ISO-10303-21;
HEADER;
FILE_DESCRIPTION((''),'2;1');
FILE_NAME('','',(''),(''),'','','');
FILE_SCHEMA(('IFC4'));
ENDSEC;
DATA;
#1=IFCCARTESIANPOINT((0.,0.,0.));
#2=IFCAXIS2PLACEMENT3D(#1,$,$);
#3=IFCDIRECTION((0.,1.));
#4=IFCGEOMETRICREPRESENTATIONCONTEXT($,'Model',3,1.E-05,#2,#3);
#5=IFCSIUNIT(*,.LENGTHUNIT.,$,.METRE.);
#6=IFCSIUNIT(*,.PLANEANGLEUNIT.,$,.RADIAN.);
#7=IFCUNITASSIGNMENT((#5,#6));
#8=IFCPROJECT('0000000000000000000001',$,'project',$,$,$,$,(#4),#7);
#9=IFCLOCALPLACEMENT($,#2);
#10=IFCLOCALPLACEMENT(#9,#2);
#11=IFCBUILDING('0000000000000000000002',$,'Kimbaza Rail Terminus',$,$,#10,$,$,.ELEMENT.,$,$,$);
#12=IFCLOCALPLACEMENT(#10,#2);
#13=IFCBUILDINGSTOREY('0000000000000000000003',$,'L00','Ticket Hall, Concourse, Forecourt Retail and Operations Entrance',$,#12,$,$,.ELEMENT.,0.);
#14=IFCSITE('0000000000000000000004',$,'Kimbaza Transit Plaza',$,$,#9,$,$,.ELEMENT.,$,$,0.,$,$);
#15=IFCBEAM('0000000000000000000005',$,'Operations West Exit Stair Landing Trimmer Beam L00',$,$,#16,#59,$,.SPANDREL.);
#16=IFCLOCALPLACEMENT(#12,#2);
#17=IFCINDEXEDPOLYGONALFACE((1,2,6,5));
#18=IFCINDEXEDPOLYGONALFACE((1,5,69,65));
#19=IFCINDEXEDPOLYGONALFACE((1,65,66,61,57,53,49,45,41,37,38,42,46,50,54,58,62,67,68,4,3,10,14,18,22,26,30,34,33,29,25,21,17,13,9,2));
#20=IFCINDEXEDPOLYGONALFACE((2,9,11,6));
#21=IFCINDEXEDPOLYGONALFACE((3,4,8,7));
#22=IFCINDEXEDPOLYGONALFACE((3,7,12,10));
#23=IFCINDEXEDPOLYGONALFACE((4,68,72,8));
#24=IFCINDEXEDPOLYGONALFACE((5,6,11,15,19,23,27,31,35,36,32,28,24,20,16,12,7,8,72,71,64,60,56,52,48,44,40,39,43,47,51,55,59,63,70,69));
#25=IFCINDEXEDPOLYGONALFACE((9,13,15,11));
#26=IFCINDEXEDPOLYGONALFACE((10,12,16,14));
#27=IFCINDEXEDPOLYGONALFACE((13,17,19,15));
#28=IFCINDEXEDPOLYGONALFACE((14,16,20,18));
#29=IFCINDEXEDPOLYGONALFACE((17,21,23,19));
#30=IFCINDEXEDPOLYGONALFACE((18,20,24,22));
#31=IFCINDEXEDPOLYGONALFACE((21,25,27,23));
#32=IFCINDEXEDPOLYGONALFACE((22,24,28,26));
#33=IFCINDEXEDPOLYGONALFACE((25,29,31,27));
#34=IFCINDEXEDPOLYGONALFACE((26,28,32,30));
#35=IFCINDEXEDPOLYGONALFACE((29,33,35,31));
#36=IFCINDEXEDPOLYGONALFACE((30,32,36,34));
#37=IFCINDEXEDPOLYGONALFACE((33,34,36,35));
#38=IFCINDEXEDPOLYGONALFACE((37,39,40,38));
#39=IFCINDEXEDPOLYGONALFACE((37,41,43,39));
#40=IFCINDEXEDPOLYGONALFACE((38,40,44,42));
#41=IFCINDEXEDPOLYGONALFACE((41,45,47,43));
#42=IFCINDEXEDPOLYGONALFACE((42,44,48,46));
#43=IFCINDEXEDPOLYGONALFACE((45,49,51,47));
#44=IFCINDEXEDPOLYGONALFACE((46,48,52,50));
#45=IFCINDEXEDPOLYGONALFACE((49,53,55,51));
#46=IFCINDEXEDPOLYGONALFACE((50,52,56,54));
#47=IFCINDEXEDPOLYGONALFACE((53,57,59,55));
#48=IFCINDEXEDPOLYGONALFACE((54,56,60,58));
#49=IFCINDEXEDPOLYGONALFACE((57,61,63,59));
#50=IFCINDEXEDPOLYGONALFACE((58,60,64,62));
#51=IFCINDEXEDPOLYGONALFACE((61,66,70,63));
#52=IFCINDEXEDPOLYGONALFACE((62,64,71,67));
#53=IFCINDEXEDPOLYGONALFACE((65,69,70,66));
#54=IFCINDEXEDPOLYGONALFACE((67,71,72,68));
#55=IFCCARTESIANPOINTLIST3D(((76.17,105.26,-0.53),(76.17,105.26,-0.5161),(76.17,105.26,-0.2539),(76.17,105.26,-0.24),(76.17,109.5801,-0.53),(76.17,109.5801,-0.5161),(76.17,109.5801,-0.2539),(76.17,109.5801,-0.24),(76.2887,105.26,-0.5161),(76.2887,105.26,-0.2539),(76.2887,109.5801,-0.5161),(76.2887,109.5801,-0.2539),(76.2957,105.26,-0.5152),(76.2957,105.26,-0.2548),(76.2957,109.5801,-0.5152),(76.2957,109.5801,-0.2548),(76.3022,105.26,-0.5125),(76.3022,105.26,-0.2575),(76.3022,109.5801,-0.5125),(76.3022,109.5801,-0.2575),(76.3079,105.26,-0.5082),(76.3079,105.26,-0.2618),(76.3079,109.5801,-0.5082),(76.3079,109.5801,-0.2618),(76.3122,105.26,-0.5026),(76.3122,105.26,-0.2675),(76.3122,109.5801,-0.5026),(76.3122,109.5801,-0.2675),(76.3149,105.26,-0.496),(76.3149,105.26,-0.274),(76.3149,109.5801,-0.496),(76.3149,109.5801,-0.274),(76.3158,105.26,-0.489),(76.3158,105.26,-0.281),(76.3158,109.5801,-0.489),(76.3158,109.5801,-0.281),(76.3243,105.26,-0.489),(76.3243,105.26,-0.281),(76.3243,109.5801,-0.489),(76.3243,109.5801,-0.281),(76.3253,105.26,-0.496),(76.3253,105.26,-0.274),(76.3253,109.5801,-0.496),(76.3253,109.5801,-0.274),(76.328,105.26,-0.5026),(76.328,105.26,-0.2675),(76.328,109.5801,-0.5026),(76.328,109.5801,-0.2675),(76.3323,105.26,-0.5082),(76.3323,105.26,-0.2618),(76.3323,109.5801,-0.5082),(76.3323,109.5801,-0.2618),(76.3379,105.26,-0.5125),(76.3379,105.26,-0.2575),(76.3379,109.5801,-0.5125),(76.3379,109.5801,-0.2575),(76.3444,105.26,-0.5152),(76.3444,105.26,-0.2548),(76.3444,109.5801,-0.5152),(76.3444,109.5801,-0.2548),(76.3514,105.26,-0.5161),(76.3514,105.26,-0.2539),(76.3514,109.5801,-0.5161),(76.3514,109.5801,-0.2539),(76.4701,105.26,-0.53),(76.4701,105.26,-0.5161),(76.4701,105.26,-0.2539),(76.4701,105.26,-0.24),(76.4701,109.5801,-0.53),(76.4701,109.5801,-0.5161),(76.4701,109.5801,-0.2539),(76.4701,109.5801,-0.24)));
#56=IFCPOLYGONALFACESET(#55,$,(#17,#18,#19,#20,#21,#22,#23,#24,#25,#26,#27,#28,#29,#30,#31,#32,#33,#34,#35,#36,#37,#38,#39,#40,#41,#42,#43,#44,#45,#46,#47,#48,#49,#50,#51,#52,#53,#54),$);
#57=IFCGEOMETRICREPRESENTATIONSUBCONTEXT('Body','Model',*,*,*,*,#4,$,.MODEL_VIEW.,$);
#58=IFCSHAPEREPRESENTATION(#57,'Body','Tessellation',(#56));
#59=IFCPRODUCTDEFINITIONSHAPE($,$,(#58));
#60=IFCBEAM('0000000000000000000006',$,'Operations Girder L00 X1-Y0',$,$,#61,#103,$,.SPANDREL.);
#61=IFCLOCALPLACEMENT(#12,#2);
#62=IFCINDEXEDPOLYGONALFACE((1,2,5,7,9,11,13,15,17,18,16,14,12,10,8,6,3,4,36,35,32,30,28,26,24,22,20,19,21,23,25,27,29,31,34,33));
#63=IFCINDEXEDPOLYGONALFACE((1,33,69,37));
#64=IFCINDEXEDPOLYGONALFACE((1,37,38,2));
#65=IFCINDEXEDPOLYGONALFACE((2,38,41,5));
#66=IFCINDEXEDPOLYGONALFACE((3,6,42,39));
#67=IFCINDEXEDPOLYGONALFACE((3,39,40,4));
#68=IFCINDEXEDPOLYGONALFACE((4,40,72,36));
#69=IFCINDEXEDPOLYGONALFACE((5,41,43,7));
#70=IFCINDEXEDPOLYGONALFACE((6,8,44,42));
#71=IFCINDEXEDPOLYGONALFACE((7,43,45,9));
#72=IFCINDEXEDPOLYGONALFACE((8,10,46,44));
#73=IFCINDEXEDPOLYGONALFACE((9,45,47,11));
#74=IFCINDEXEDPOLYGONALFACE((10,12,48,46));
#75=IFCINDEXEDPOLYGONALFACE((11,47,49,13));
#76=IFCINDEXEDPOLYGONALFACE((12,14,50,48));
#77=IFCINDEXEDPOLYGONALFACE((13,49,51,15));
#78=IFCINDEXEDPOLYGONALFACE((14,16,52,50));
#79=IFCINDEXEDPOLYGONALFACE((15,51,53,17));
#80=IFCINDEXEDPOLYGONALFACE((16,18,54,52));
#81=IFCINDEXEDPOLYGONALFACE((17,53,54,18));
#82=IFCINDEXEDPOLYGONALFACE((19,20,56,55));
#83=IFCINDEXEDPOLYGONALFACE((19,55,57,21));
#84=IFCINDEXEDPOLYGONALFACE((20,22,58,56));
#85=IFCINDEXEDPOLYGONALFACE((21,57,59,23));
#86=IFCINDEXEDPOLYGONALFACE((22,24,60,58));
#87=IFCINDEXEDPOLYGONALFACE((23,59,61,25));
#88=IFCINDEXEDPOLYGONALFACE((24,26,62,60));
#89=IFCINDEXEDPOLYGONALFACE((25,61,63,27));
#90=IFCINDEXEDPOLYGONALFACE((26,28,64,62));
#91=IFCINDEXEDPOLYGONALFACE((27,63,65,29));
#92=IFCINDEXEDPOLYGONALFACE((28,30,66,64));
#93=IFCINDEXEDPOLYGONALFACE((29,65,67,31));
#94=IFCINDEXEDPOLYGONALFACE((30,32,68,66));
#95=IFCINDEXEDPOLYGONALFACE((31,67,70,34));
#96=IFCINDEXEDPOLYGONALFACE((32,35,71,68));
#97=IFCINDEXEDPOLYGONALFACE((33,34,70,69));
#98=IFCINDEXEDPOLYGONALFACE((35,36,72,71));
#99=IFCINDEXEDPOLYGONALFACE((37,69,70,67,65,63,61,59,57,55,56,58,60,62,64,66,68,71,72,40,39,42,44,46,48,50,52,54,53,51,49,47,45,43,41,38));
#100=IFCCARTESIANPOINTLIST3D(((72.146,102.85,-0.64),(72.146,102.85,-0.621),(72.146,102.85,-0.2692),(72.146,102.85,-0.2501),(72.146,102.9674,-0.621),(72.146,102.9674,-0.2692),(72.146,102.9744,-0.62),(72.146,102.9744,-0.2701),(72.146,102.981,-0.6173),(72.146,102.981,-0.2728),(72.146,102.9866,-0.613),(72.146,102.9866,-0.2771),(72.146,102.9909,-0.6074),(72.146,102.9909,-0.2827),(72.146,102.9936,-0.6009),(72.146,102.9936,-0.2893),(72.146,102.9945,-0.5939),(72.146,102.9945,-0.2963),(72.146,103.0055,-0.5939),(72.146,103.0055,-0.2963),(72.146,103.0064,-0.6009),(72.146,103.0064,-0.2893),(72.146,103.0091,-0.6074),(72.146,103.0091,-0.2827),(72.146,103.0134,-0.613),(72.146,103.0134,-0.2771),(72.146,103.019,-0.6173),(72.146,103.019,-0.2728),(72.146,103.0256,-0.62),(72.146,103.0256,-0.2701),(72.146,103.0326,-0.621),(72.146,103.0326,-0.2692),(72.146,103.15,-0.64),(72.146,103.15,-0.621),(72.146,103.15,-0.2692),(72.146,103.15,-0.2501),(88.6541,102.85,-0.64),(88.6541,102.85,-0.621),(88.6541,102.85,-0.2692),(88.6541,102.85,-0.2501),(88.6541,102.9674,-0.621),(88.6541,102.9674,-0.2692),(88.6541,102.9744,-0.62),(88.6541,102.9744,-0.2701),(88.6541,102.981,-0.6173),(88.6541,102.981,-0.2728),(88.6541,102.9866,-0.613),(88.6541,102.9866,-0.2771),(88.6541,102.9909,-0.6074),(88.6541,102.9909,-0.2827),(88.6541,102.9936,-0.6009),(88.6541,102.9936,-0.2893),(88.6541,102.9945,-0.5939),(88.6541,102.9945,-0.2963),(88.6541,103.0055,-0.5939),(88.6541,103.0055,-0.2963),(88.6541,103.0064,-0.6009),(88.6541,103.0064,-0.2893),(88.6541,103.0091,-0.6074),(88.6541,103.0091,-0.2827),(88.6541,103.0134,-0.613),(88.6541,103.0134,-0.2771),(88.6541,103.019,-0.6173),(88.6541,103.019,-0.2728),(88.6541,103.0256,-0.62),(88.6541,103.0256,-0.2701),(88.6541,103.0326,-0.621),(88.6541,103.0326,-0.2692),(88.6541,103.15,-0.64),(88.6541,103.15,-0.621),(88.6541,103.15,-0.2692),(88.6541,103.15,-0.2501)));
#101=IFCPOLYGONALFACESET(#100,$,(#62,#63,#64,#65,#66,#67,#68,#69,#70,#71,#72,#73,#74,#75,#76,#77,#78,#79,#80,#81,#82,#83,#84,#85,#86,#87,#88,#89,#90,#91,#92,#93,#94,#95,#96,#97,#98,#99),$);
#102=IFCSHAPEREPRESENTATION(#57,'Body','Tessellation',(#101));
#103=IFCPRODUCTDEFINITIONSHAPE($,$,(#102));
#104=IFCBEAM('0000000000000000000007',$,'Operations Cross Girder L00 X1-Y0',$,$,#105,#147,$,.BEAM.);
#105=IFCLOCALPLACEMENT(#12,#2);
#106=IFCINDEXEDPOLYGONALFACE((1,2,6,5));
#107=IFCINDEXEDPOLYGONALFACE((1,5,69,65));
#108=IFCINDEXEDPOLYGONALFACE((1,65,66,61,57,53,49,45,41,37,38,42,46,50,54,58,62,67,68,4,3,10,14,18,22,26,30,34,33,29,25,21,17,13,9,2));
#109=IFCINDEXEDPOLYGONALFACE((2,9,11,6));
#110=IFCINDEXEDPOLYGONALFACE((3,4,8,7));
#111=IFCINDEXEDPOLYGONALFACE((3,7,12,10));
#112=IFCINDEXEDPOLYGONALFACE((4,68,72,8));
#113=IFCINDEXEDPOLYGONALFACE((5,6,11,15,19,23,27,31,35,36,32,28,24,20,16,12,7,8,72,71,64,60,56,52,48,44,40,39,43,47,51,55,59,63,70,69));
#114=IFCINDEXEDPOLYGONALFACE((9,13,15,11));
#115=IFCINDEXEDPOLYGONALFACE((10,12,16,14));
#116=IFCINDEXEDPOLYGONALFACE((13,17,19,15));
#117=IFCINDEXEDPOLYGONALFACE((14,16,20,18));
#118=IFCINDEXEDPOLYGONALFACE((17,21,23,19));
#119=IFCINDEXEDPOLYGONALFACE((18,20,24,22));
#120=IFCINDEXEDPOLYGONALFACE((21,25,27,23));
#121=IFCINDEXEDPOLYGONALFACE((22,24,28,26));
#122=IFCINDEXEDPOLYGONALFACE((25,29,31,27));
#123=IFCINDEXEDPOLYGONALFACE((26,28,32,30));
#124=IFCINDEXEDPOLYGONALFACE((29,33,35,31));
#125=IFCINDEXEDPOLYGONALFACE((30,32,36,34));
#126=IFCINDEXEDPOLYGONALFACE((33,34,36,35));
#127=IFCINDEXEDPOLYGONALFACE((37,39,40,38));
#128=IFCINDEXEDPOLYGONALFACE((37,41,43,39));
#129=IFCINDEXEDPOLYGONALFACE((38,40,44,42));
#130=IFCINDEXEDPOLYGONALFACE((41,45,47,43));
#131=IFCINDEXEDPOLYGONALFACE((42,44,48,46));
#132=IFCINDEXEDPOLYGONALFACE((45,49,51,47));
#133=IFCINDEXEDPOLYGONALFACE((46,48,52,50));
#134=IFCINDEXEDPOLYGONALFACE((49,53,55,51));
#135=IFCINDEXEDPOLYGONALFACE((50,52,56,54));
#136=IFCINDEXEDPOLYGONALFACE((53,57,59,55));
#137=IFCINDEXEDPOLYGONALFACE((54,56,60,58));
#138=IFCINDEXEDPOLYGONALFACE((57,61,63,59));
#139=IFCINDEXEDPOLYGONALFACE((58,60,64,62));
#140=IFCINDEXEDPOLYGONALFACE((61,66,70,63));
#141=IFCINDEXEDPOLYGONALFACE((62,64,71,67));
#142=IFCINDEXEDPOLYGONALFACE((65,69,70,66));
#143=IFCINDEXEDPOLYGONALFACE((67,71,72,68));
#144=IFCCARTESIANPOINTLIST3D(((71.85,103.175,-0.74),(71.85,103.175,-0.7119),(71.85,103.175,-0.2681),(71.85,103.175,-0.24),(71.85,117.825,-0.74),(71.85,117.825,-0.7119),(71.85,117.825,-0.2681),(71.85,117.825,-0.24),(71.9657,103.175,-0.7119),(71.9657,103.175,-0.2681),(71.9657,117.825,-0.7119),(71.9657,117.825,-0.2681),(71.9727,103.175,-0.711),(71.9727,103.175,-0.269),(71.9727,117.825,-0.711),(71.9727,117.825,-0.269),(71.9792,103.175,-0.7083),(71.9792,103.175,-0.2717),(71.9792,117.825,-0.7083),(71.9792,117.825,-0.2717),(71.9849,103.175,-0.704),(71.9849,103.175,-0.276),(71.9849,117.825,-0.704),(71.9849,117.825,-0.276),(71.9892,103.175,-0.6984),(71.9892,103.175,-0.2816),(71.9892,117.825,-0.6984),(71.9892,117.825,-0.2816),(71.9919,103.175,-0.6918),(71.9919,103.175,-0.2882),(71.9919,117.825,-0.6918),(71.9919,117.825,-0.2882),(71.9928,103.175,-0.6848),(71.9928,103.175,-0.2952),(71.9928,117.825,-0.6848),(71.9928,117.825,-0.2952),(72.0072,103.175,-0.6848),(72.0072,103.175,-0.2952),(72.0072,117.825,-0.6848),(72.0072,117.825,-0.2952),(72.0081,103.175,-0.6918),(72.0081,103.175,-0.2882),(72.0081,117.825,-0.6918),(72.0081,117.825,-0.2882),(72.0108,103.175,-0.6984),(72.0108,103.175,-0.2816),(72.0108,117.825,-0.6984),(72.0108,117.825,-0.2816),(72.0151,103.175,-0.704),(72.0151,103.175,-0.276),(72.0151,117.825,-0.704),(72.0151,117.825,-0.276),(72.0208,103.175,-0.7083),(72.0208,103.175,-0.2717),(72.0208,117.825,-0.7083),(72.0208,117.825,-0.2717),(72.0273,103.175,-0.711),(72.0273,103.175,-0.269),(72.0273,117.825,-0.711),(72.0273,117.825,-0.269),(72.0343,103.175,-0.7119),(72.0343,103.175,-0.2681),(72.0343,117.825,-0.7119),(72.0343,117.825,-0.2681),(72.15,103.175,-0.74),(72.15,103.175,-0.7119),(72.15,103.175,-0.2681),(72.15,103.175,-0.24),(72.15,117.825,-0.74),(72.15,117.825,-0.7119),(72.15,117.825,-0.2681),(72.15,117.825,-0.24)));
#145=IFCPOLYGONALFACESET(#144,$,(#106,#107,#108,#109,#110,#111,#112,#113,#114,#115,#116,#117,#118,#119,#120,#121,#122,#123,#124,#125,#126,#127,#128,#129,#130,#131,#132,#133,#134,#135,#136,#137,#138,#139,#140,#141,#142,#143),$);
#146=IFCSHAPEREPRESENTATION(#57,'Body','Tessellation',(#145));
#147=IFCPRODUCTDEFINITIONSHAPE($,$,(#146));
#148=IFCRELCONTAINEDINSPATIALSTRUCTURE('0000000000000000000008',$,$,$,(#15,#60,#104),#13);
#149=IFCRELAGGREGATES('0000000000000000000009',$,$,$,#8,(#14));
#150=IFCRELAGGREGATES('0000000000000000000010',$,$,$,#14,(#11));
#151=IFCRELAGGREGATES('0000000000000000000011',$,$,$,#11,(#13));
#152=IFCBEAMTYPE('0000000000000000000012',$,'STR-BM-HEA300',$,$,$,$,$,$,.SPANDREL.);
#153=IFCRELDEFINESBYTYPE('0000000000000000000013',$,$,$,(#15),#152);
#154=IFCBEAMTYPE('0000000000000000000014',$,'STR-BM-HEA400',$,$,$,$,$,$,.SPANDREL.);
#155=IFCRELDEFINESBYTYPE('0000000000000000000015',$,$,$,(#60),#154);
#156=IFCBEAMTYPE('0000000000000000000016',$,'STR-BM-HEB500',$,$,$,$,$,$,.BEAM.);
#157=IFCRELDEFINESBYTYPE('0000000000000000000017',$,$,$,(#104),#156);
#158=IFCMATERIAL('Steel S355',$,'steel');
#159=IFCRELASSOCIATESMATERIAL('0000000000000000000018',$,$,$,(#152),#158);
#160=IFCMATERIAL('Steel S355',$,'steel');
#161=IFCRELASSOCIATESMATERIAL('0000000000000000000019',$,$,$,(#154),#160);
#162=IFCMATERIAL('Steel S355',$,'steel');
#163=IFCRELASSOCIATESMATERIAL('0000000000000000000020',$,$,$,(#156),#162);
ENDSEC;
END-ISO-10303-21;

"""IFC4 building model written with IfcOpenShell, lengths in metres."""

from ifc_helpers import new_model, si_unit, direction, frame, origin, origin_2d, place, context, subcontext, project, spatial, i_section, extrude, material, material_profile, profile_set, type_object, element, save


model = new_model("IFC4")

# Units and contexts
model_context = context("Model", 3, precision=1e-05, world=origin(), true_north=direction((0.0, 1.0)))
body_context = subcontext(model_context, "Body", "Model", "MODEL_VIEW")
ifc_project = project(units=[si_unit("LENGTHUNIT", "METRE"), si_unit("PLANEANGLEUNIT", "RADIAN")], contexts=[model_context])

# Site, building, storey
site_placement = place(None, origin())
site = spatial("IfcSite", under=ifc_project, at=site_placement, Name="Kimbaza Transit Plaza", CompositionType="ELEMENT", RefElevation=0.0)
building_placement = place(site_placement, origin())
building = spatial("IfcBuilding", under=site, at=building_placement, Name="Kimbaza Rail Terminus", CompositionType="ELEMENT")
storey_placement = place(building_placement, origin())
storey = spatial("IfcBuildingStorey", under=building, at=storey_placement, Name="L00", Description="Ticket Hall, Concourse, Forecourt Retail and Operations Entrance", CompositionType="ELEMENT", Elevation=0.0)

# Beams
ifc_material_1 = material(Name="Steel S355", Category="steel")
ifc_material_profile_1 = material_profile(ifc_material_1, i_section(OverallWidth=0.3, OverallDepth=0.29, WebThickness=0.0085, FlangeThickness=0.0139, FilletRadius=0.0271, at=origin_2d()), Name="HEA 300")
ifc_profile_set_1 = profile_set([ifc_material_profile_1], Name="Steel S355")
beam_type_1 = type_object("IfcBeamType", Name="STR-BM-HEA300", PredefinedType="SPANDREL", material=ifc_profile_set_1)
beam_1_placement = place(storey_placement, frame((76.3201, 105.26, -0.385), z_axis=(0.0, 1.0, 0.0), x_axis=(-1.0, 0.0, 0.0)))
element("IfcBeam", 1, at=beam_1_placement, inside=storey, type_object=beam_type_1, Name="Operations West Exit Stair Landing Trimmer Beam L00", PredefinedType="SPANDREL", context=body_context, shape_type="SweptSolid", body=[
    extrude(i_section(OverallWidth=0.3, OverallDepth=0.29, WebThickness=0.0085, FlangeThickness=0.0139, FilletRadius=0.0271, at=origin_2d()), origin(), (0.0, 0.0, 1.0), 4.3201),
])
ifc_material_2 = material(Name="Steel S355", Category="steel")
ifc_material_profile_2 = material_profile(ifc_material_2, i_section(OverallWidth=0.3, OverallDepth=0.3899, WebThickness=0.011, FlangeThickness=0.019, FilletRadius=0.0271, at=origin_2d()), Name="HEA 400")
ifc_profile_set_2 = profile_set([ifc_material_profile_2], Name="Steel S355")
beam_type_2 = type_object("IfcBeamType", Name="STR-BM-HEA400", PredefinedType="SPANDREL", material=ifc_profile_set_2)
beam_2_placement = place(storey_placement, frame((72.146, 103.0, -0.4451), z_axis=(1.0, 0.0, 0.0), x_axis=(0.0, 1.0, 0.0)))
element("IfcBeam", 2, at=beam_2_placement, inside=storey, type_object=beam_type_2, Name="Operations Girder L00 X1-Y0", PredefinedType="SPANDREL", context=body_context, shape_type="SweptSolid", body=[
    extrude(i_section(OverallWidth=0.3, OverallDepth=0.3899, WebThickness=0.011, FlangeThickness=0.019, FilletRadius=0.0271, at=origin_2d()), origin(), (0.0, 0.0, 1.0), 16.5081),
])
ifc_material_3 = material(Name="Steel S355", Category="steel")
ifc_material_profile_3 = material_profile(ifc_material_3, i_section(OverallWidth=0.3, OverallDepth=0.5, WebThickness=0.0144, FlangeThickness=0.0281, FilletRadius=0.0271, at=origin_2d()), Name="HEB 500")
ifc_profile_set_3 = profile_set([ifc_material_profile_3], Name="Steel S355")
beam_type_3 = type_object("IfcBeamType", Name="STR-BM-HEB500", PredefinedType="BEAM", material=ifc_profile_set_3)
beam_3_placement = place(storey_placement, frame((72.0, 103.175, -0.49), z_axis=(0.0, 1.0, 0.0), x_axis=(-1.0, 0.0, 0.0)))
element("IfcBeam", 3, at=beam_3_placement, inside=storey, type_object=beam_type_3, Name="Operations Cross Girder L00 X1-Y0", PredefinedType="BEAM", context=body_context, shape_type="SweptSolid", body=[
    extrude(i_section(OverallWidth=0.3, OverallDepth=0.5, WebThickness=0.0144, FlangeThickness=0.0281, FilletRadius=0.0271, at=origin_2d()), origin(), (0.0, 0.0, 1.0), 14.6499),
])

save(model, "model.ifc")
